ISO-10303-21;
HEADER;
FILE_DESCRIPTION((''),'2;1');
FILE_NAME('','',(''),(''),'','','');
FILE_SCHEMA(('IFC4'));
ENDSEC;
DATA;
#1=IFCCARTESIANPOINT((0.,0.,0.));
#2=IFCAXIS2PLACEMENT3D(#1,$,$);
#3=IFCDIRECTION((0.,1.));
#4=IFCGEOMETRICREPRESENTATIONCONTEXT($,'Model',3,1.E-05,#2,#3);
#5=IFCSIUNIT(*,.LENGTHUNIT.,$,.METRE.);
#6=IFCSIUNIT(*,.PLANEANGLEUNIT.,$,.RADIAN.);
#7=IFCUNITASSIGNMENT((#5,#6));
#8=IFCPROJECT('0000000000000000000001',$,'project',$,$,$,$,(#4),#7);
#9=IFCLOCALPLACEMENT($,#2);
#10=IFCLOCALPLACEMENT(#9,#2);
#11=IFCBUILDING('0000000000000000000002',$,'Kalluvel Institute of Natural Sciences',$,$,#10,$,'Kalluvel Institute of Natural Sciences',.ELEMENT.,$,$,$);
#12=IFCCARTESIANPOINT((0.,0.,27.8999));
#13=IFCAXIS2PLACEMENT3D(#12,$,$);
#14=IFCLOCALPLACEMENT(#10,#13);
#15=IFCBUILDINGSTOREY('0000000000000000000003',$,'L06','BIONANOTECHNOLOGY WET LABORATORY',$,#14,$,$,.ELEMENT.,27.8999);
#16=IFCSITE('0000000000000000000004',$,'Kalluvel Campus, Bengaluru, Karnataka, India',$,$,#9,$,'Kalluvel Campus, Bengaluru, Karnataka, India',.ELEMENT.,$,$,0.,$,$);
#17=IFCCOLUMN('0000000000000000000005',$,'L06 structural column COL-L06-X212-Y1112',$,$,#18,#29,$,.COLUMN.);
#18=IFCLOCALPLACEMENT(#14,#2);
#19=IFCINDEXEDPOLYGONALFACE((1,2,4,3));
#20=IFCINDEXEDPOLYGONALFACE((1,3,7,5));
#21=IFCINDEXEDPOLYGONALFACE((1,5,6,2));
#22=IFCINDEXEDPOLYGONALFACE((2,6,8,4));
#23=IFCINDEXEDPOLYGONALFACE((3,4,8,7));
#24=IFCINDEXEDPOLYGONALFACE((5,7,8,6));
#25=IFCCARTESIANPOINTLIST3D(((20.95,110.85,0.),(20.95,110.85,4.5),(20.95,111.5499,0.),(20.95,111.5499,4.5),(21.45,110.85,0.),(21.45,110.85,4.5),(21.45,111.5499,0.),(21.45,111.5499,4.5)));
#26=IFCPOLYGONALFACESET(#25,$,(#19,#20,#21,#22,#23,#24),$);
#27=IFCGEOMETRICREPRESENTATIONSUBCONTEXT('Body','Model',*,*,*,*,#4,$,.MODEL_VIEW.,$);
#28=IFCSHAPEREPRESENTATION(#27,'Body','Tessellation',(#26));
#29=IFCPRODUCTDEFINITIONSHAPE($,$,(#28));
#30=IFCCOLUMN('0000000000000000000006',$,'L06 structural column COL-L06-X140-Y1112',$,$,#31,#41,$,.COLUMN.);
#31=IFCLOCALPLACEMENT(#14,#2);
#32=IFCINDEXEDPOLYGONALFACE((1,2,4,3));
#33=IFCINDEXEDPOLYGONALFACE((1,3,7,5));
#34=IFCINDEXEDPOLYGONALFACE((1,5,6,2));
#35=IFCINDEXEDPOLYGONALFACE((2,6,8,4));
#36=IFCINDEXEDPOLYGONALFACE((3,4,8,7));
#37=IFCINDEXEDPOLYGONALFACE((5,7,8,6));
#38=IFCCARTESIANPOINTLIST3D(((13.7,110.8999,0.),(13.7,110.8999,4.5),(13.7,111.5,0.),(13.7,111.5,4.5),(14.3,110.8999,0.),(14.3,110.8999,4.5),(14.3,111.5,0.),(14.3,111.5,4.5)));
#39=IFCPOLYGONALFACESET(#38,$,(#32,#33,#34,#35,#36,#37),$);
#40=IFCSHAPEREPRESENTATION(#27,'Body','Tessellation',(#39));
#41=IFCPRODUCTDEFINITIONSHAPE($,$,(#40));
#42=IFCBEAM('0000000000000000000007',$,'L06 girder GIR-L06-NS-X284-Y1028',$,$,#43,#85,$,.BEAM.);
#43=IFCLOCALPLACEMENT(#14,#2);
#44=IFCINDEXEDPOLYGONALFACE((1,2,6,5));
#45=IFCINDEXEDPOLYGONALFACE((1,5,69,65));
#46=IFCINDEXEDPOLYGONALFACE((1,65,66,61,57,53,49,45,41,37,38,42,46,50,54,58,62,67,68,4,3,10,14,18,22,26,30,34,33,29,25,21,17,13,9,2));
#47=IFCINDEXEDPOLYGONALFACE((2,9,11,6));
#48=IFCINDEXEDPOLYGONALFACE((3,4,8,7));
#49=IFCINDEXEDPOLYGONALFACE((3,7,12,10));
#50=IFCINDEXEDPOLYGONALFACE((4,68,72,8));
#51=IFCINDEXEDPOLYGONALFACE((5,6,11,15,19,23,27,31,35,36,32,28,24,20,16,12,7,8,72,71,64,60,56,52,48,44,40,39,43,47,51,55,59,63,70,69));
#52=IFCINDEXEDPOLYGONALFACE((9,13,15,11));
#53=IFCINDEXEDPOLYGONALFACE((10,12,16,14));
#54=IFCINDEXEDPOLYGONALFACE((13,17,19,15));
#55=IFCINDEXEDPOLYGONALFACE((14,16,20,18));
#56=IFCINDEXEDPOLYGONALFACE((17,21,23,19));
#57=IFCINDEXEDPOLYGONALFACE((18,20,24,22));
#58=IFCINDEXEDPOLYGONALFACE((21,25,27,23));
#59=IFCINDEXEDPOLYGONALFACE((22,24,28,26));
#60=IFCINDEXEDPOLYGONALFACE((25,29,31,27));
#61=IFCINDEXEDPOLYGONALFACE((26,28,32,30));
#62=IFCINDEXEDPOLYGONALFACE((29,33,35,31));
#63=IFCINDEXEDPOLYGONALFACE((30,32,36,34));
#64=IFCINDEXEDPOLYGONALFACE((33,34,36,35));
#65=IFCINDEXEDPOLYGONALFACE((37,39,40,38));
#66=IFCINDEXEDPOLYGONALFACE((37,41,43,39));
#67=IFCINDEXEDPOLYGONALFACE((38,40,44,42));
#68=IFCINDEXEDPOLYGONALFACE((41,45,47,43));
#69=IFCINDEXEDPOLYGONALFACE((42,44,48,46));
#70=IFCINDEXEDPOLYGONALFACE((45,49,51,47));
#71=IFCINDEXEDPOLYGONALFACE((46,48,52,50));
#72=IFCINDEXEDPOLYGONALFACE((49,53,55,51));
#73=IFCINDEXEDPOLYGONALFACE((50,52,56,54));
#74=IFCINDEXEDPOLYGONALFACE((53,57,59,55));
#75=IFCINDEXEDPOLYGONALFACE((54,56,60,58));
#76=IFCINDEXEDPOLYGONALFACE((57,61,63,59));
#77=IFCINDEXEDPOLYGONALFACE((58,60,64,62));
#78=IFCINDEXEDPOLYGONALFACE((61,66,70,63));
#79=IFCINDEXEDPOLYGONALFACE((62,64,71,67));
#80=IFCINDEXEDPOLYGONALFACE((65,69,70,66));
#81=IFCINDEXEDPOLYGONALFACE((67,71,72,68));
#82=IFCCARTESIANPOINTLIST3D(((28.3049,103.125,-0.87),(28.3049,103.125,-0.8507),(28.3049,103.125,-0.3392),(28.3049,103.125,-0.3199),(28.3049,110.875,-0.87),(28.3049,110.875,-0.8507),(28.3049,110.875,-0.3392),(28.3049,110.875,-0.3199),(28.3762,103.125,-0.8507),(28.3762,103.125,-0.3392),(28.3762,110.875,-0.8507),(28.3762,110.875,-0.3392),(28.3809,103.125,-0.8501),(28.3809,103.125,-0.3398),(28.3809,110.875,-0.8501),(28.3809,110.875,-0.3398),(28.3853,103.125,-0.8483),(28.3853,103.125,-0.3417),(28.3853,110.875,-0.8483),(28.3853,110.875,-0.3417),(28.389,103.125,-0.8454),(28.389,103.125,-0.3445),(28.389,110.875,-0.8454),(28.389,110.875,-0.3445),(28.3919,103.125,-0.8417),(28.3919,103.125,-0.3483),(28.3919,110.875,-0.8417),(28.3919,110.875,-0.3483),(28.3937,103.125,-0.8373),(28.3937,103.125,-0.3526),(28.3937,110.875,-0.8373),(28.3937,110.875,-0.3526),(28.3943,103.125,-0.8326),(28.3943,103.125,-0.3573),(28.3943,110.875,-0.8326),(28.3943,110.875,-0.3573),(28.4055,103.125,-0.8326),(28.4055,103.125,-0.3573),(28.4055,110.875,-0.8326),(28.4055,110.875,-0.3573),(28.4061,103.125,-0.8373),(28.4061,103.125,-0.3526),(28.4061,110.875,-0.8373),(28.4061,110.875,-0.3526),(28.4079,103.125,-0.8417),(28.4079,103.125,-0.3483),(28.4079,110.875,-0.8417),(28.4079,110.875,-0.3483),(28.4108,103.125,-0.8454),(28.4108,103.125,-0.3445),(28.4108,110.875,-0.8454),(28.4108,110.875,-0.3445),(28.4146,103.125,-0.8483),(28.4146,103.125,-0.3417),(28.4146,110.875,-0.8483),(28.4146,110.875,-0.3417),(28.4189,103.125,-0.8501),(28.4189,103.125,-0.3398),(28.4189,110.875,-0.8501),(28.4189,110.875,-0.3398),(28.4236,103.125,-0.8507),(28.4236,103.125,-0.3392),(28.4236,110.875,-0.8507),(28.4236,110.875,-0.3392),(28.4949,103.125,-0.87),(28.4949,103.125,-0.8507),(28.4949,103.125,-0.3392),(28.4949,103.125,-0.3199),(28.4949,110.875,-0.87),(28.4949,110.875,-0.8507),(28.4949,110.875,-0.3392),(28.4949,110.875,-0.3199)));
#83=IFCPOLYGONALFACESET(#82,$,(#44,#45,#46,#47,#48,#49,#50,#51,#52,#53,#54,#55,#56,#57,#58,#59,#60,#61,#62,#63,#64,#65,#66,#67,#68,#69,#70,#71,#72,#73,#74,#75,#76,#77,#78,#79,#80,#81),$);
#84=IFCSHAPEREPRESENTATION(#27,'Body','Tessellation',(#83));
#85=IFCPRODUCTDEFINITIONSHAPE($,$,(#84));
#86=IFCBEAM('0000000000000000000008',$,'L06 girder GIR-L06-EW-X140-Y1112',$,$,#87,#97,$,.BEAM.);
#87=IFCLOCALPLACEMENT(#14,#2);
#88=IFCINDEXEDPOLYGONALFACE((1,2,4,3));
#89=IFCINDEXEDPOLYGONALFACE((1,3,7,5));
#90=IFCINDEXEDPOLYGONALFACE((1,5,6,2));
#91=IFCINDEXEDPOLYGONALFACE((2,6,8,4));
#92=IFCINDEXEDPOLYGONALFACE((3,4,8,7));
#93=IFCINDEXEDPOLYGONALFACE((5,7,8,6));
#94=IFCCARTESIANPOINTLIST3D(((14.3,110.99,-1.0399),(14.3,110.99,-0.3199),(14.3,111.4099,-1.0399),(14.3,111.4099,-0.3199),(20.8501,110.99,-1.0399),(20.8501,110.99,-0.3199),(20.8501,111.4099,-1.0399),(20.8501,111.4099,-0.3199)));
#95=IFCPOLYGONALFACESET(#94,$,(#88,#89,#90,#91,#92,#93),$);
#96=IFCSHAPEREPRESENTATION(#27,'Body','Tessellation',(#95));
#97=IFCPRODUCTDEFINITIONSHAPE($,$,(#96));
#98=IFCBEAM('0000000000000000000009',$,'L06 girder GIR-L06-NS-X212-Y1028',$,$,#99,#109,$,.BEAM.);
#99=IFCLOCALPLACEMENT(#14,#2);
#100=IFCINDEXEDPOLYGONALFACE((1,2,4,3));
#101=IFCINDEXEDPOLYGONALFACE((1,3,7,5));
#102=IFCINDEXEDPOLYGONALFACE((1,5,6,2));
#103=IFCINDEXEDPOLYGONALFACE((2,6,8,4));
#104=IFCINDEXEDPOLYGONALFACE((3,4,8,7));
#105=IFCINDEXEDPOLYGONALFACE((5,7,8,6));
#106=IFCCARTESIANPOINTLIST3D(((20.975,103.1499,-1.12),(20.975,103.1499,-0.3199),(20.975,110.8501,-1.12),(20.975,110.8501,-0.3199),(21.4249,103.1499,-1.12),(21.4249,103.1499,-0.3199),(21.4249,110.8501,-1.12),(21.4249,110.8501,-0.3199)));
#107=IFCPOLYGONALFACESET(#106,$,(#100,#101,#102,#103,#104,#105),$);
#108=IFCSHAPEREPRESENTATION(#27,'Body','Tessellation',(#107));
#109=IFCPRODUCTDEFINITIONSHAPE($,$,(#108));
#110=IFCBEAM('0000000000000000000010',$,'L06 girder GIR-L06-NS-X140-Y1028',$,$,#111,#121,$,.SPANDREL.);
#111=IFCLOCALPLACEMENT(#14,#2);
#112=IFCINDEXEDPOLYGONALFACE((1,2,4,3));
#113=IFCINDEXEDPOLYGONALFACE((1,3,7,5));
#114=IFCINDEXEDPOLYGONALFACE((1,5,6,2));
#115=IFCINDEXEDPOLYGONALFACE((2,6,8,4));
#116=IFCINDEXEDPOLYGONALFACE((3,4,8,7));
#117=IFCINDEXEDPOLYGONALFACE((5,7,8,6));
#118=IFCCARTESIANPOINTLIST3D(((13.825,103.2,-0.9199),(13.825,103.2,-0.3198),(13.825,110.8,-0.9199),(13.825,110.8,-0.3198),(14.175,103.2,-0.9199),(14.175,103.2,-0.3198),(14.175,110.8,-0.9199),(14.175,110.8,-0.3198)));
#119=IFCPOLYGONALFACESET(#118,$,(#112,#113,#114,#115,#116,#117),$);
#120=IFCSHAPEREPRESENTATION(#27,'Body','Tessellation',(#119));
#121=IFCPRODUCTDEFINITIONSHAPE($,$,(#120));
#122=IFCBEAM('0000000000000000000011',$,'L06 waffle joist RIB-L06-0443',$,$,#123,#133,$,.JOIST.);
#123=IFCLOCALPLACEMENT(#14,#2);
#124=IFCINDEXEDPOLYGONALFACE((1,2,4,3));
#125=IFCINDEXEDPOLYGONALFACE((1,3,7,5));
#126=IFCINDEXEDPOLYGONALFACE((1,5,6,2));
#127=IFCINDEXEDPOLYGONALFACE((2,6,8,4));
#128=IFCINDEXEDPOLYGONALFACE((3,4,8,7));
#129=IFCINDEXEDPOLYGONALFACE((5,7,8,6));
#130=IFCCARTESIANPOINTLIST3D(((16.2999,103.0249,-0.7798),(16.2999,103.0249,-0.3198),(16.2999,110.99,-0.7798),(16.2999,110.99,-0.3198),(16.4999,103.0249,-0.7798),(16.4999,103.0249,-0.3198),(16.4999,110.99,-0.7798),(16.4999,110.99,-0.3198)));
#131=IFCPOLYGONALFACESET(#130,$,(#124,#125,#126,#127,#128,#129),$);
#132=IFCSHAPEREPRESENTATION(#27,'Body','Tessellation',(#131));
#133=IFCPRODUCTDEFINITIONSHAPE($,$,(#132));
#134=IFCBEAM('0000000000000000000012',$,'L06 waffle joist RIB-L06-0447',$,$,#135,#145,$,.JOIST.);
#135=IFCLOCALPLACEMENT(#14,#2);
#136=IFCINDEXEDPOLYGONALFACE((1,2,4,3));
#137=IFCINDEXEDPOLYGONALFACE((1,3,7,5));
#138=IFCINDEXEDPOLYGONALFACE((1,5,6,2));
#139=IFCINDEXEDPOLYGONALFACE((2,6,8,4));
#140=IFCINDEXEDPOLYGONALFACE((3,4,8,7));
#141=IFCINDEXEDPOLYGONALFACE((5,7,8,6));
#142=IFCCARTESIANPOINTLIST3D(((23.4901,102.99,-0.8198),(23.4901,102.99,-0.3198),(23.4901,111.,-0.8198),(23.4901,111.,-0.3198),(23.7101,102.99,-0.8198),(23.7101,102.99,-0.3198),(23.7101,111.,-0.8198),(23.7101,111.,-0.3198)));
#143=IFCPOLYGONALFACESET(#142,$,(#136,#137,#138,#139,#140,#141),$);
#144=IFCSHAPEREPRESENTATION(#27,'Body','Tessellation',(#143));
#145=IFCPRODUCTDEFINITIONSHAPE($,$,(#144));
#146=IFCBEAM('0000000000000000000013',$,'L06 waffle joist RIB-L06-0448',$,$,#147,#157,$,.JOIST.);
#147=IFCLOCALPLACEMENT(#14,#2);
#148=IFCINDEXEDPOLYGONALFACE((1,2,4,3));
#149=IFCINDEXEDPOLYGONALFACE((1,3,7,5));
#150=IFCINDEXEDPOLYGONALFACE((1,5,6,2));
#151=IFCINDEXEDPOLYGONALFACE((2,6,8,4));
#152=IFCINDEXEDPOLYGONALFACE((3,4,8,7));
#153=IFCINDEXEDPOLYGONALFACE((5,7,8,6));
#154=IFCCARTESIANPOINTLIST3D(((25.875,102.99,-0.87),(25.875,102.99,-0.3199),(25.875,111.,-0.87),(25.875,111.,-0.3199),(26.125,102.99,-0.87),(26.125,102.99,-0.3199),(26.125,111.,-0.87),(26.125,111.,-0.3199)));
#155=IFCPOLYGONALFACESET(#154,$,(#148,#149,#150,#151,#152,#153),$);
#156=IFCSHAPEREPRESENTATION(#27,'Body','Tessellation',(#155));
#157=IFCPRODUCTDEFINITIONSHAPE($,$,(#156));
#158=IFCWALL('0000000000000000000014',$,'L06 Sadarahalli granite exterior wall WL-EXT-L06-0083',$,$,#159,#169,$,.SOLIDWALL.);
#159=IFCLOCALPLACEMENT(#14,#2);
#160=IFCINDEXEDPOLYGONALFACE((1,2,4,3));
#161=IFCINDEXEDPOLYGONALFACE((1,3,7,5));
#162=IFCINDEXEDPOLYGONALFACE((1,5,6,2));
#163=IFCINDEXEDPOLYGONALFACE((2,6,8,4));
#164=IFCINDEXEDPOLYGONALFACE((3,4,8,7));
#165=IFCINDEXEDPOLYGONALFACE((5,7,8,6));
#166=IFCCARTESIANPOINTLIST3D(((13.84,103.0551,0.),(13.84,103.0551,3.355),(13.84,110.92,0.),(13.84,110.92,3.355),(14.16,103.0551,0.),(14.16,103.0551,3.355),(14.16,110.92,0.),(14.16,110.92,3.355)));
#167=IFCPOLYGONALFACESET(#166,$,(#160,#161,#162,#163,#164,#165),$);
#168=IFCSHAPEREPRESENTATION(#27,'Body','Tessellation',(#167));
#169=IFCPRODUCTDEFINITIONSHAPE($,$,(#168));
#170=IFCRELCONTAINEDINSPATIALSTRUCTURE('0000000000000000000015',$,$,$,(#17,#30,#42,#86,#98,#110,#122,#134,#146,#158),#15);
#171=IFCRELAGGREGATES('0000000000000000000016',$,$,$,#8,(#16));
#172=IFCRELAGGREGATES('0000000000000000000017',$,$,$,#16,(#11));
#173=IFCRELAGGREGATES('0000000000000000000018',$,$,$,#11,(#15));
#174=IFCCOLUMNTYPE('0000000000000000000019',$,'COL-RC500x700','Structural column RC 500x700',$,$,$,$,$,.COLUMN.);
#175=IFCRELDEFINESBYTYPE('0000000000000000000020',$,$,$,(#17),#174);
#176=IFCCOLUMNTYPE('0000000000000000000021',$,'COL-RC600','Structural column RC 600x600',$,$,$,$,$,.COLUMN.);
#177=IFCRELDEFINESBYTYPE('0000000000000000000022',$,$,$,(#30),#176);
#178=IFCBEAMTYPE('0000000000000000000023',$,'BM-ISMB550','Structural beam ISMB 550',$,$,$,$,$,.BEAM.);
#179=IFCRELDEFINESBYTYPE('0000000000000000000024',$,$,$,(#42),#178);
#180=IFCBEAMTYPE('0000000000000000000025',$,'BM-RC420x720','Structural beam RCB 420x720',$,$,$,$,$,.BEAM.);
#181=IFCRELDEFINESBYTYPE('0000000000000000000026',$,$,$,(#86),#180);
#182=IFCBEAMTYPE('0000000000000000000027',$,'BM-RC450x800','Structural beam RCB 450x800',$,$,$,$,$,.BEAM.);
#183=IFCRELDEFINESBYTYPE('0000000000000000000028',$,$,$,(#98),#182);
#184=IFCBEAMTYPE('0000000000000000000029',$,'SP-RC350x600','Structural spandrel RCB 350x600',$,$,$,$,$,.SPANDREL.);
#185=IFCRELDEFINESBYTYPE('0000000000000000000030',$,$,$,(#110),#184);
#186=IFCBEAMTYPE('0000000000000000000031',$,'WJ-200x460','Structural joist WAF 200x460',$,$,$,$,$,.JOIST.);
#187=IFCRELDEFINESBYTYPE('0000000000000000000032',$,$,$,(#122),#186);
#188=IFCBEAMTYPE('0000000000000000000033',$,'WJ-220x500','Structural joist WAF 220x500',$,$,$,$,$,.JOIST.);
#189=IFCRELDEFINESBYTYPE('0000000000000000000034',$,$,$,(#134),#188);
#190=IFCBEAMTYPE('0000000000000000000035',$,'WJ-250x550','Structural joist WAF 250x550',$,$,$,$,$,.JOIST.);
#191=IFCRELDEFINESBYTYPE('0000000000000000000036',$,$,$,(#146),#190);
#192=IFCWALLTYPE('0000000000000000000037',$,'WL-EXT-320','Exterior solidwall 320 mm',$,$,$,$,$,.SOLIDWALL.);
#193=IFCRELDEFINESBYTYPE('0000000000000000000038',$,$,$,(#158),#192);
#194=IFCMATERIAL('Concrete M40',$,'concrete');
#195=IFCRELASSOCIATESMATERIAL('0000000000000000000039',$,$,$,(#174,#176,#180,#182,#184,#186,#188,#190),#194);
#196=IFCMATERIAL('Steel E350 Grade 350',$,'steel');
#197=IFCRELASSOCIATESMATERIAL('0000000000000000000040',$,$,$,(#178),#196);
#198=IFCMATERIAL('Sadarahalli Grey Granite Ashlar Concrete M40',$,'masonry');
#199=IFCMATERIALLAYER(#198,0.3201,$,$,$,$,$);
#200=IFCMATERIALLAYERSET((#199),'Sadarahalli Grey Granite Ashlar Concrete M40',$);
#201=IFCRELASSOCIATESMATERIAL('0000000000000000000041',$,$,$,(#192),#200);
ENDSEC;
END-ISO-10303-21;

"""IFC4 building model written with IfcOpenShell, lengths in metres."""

from ifc_helpers import new_model, si_unit, direction, frame, frame_2d, origin, origin_2d, place, context, subcontext, project, spatial, rectangle, i_section, extrude, material, layer, layer_set, material_profile, profile_set, type_object, element, save


model = new_model("IFC4")

# Units and contexts
model_context = context("Model", 3, precision=1e-05, world=origin(), true_north=direction((0.0, 1.0)))
body_context = subcontext(model_context, "Body", "Model", "MODEL_VIEW")
ifc_project = project(units=[si_unit("LENGTHUNIT", "METRE"), si_unit("PLANEANGLEUNIT", "RADIAN")], contexts=[model_context])

# Site, building, storey
site_placement = place(None, origin())
site = spatial("IfcSite", under=ifc_project, at=site_placement, Name="Kalluvel Campus, Bengaluru, Karnataka, India", LongName="Kalluvel Campus, Bengaluru, Karnataka, India", CompositionType="ELEMENT", RefElevation=0.0)
building_placement = place(site_placement, origin())
building = spatial("IfcBuilding", under=site, at=building_placement, Name="Kalluvel Institute of Natural Sciences", LongName="Kalluvel Institute of Natural Sciences", CompositionType="ELEMENT")
storey_placement = place(building_placement, frame((0.0, 0.0, 27.8999)))
storey = spatial("IfcBuildingStorey", under=building, at=storey_placement, Name="L06", Description="BIONANOTECHNOLOGY WET LABORATORY", CompositionType="ELEMENT", Elevation=27.8999)

# Columns
ifc_material_1 = material(Name="Concrete M40", Category="concrete")
ifc_material_profile_1 = material_profile(ifc_material_1, rectangle(XDim=0.5, YDim=0.7, at=origin_2d()), Name="RC 500x700")
ifc_profile_set_1 = profile_set([ifc_material_profile_1], Name="Concrete M40")
column_type_1 = type_object("IfcColumnType", Name="COL-RC500x700", Description="Structural column RC 500x700", PredefinedType="COLUMN", material=ifc_profile_set_1)
column_1_placement = place(storey_placement, frame((21.2, 111.2, 0.0), z_axis=(0.0, 0.0, 1.0), x_axis=(1.0, 0.0, 0.0)))
element("IfcColumn", 1, at=column_1_placement, inside=storey, type_object=column_type_1, Name="L06 structural column COL-L06-X212-Y1112", PredefinedType="COLUMN", context=body_context, shape_type="SweptSolid", body=[
    extrude(rectangle(XDim=0.5, YDim=0.7, at=origin_2d()), origin(), (0.0, 0.0, 1.0), 4.5),
])
ifc_material_profile_2 = material_profile(ifc_material_1, rectangle(XDim=0.6001, YDim=0.6001, at=origin_2d()), Name="RC 600x600")
ifc_profile_set_2 = profile_set([ifc_material_profile_2], Name="Concrete M40")
column_type_2 = type_object("IfcColumnType", Name="COL-RC600", Description="Structural column RC 600x600", PredefinedType="COLUMN", material=ifc_profile_set_2)
column_2_placement = place(storey_placement, frame((14.0, 111.2, 0.0), z_axis=(0.0, 0.0, 1.0), x_axis=(1.0, 0.0, 0.0)))
element("IfcColumn", 2, at=column_2_placement, inside=storey, type_object=column_type_2, Name="L06 structural column COL-L06-X140-Y1112", PredefinedType="COLUMN", context=body_context, shape_type="SweptSolid", body=[
    extrude(rectangle(XDim=0.6001, YDim=0.6001, at=origin_2d()), origin(), (0.0, 0.0, 1.0), 4.5),
])

# Beams
ifc_material_2 = material(Name="Steel E350 Grade 350", Category="steel")
ifc_material_profile_3 = material_profile(ifc_material_2, i_section(OverallWidth=0.1899, OverallDepth=0.55, WebThickness=0.0112, FlangeThickness=0.0193, FilletRadius=0.0181, at=origin_2d()), Name="ISMB 550")
ifc_profile_set_3 = profile_set([ifc_material_profile_3], Name="Steel E350 Grade 350")
beam_type_1 = type_object("IfcBeamType", Name="BM-ISMB550", Description="Structural beam ISMB 550", PredefinedType="BEAM", material=ifc_profile_set_3)
beam_1_placement = place(storey_placement, frame((28.3999, 103.125, -0.595), z_axis=(0.0, 1.0, 0.0), x_axis=(-1.0, 0.0, 0.0)))
element("IfcBeam", 3, at=beam_1_placement, inside=storey, type_object=beam_type_1, Name="L06 girder GIR-L06-NS-X284-Y1028", PredefinedType="BEAM", context=body_context, shape_type="SweptSolid", body=[
    extrude(i_section(OverallWidth=0.1899, OverallDepth=0.55, WebThickness=0.0112, FlangeThickness=0.0193, FilletRadius=0.0181, at=origin_2d()), origin(), (0.0, 0.0, 1.0), 7.75),
])
ifc_material_profile_4 = material_profile(ifc_material_1, rectangle(XDim=0.4199, YDim=0.72, at=origin_2d()), Name="RCB 420x720")
ifc_profile_set_4 = profile_set([ifc_material_profile_4], Name="Concrete M40")
beam_type_2 = type_object("IfcBeamType", Name="BM-RC420x720", Description="Structural beam RCB 420x720", PredefinedType="BEAM", material=ifc_profile_set_4)
beam_2_placement = place(storey_placement, frame((14.3, 111.2, -0.6799), z_axis=(1.0, 0.0, 0.0), x_axis=(0.0, 1.0, 0.0)))
element("IfcBeam", 4, at=beam_2_placement, inside=storey, type_object=beam_type_2, Name="L06 girder GIR-L06-EW-X140-Y1112", PredefinedType="BEAM", context=body_context, shape_type="SweptSolid", body=[
    extrude(rectangle(XDim=0.4199, YDim=0.72, at=origin_2d()), origin(), (0.0, 0.0, 1.0), 6.55),
])
ifc_material_profile_5 = material_profile(ifc_material_1, rectangle(XDim=0.45, YDim=0.8, at=origin_2d()), Name="RCB 450x800")
ifc_profile_set_5 = profile_set([ifc_material_profile_5], Name="Concrete M40")
beam_type_3 = type_object("IfcBeamType", Name="BM-RC450x800", Description="Structural beam RCB 450x800", PredefinedType="BEAM", material=ifc_profile_set_5)
beam_3_placement = place(storey_placement, frame((21.2, 103.1499, -0.72), z_axis=(0.0, 1.0, 0.0), x_axis=(-1.0, 0.0, 0.0)))
element("IfcBeam", 5, at=beam_3_placement, inside=storey, type_object=beam_type_3, Name="L06 girder GIR-L06-NS-X212-Y1028", PredefinedType="BEAM", context=body_context, shape_type="SweptSolid", body=[
    extrude(rectangle(XDim=0.45, YDim=0.8, at=origin_2d()), origin(), (0.0, 0.0, 1.0), 7.7002),
])
ifc_material_profile_6 = material_profile(ifc_material_1, rectangle(XDim=0.3501, YDim=0.6001, at=origin_2d()), Name="RCB 350x600")
ifc_profile_set_6 = profile_set([ifc_material_profile_6], Name="Concrete M40")
beam_type_4 = type_object("IfcBeamType", Name="SP-RC350x600", Description="Structural spandrel RCB 350x600", PredefinedType="SPANDREL", material=ifc_profile_set_6)
beam_4_placement = place(storey_placement, frame((14.0, 103.2, -0.6199), z_axis=(0.0, 1.0, 0.0), x_axis=(-1.0, 0.0, 0.0)))
element("IfcBeam", 6, at=beam_4_placement, inside=storey, type_object=beam_type_4, Name="L06 girder GIR-L06-NS-X140-Y1028", PredefinedType="SPANDREL", context=body_context, shape_type="SweptSolid", body=[
    extrude(rectangle(XDim=0.3501, YDim=0.6001, at=origin_2d()), origin(), (0.0, 0.0, 1.0), 7.6001),
])
ifc_material_profile_7 = material_profile(ifc_material_1, rectangle(XDim=0.2, YDim=0.46, at=origin_2d()), Name="WAF 200x460")
ifc_profile_set_7 = profile_set([ifc_material_profile_7], Name="Concrete M40")
beam_type_5 = type_object("IfcBeamType", Name="WJ-200x460", Description="Structural joist WAF 200x460", PredefinedType="JOIST", material=ifc_profile_set_7)
beam_5_placement = place(storey_placement, frame((16.3999, 103.0249, -0.5498), z_axis=(0.0, 1.0, 0.0), x_axis=(-1.0, 0.0, 0.0)))
element("IfcBeam", 7, at=beam_5_placement, inside=storey, type_object=beam_type_5, Name="L06 waffle joist RIB-L06-0443", PredefinedType="JOIST", context=body_context, shape_type="SweptSolid", body=[
    extrude(rectangle(XDim=0.2, YDim=0.46, at=origin_2d()), origin(), (0.0, 0.0, 1.0), 7.9651),
])
ifc_material_profile_8 = material_profile(ifc_material_1, rectangle(XDim=0.22, YDim=0.5, at=origin_2d()), Name="WAF 220x500")
ifc_profile_set_8 = profile_set([ifc_material_profile_8], Name="Concrete M40")
beam_type_6 = type_object("IfcBeamType", Name="WJ-220x500", Description="Structural joist WAF 220x500", PredefinedType="JOIST", material=ifc_profile_set_8)
beam_6_placement = place(storey_placement, frame((23.6001, 102.99, -0.5698), z_axis=(0.0, 1.0, 0.0), x_axis=(-1.0, 0.0, 0.0)))
element("IfcBeam", 8, at=beam_6_placement, inside=storey, type_object=beam_type_6, Name="L06 waffle joist RIB-L06-0447", PredefinedType="JOIST", context=body_context, shape_type="SweptSolid", body=[
    extrude(rectangle(XDim=0.22, YDim=0.5, at=origin_2d()), origin(), (0.0, 0.0, 1.0), 8.01),
])
ifc_material_profile_9 = material_profile(ifc_material_1, rectangle(XDim=0.25, YDim=0.55, at=origin_2d()), Name="WAF 250x550")
ifc_profile_set_9 = profile_set([ifc_material_profile_9], Name="Concrete M40")
beam_type_7 = type_object("IfcBeamType", Name="WJ-250x550", Description="Structural joist WAF 250x550", PredefinedType="JOIST", material=ifc_profile_set_9)
beam_7_placement = place(storey_placement, frame((26.0, 102.99, -0.595), z_axis=(0.0, 1.0, 0.0), x_axis=(-1.0, 0.0, 0.0)))
element("IfcBeam", 9, at=beam_7_placement, inside=storey, type_object=beam_type_7, Name="L06 waffle joist RIB-L06-0448", PredefinedType="JOIST", context=body_context, shape_type="SweptSolid", body=[
    extrude(rectangle(XDim=0.25, YDim=0.55, at=origin_2d()), origin(), (0.0, 0.0, 1.0), 8.01),
])

# Wall
ifc_material_3 = material(Name="Sadarahalli Grey Granite Ashlar Concrete M40", Category="masonry")
ifc_layer_1 = layer(ifc_material_3, 0.3201)
ifc_layer_set_1 = layer_set([ifc_layer_1], Name="Sadarahalli Grey Granite Ashlar Concrete M40")
wall_type_1 = type_object("IfcWallType", Name="WL-EXT-320", Description="Exterior solidwall 320 mm", PredefinedType="SOLIDWALL", material=ifc_layer_set_1)
wall_1_placement = place(storey_placement, frame((14.0, 103.0549, 0.0), z_axis=(0.0, 0.0, 1.0), x_axis=(0.0, 1.0, 0.0)))
element("IfcWall", 10, at=wall_1_placement, inside=storey, type_object=wall_type_1, Name="L06 Sadarahalli granite exterior wall WL-EXT-L06-0083", PredefinedType="SOLIDWALL", context=body_context, shape_type="SweptSolid", body=[
    extrude(rectangle(XDim=7.865, YDim=0.3201, at=frame_2d((3.9326, 0.0))), origin(), (0.0, 0.0, 1.0), 3.355),
])

save(model, "model.ifc")
